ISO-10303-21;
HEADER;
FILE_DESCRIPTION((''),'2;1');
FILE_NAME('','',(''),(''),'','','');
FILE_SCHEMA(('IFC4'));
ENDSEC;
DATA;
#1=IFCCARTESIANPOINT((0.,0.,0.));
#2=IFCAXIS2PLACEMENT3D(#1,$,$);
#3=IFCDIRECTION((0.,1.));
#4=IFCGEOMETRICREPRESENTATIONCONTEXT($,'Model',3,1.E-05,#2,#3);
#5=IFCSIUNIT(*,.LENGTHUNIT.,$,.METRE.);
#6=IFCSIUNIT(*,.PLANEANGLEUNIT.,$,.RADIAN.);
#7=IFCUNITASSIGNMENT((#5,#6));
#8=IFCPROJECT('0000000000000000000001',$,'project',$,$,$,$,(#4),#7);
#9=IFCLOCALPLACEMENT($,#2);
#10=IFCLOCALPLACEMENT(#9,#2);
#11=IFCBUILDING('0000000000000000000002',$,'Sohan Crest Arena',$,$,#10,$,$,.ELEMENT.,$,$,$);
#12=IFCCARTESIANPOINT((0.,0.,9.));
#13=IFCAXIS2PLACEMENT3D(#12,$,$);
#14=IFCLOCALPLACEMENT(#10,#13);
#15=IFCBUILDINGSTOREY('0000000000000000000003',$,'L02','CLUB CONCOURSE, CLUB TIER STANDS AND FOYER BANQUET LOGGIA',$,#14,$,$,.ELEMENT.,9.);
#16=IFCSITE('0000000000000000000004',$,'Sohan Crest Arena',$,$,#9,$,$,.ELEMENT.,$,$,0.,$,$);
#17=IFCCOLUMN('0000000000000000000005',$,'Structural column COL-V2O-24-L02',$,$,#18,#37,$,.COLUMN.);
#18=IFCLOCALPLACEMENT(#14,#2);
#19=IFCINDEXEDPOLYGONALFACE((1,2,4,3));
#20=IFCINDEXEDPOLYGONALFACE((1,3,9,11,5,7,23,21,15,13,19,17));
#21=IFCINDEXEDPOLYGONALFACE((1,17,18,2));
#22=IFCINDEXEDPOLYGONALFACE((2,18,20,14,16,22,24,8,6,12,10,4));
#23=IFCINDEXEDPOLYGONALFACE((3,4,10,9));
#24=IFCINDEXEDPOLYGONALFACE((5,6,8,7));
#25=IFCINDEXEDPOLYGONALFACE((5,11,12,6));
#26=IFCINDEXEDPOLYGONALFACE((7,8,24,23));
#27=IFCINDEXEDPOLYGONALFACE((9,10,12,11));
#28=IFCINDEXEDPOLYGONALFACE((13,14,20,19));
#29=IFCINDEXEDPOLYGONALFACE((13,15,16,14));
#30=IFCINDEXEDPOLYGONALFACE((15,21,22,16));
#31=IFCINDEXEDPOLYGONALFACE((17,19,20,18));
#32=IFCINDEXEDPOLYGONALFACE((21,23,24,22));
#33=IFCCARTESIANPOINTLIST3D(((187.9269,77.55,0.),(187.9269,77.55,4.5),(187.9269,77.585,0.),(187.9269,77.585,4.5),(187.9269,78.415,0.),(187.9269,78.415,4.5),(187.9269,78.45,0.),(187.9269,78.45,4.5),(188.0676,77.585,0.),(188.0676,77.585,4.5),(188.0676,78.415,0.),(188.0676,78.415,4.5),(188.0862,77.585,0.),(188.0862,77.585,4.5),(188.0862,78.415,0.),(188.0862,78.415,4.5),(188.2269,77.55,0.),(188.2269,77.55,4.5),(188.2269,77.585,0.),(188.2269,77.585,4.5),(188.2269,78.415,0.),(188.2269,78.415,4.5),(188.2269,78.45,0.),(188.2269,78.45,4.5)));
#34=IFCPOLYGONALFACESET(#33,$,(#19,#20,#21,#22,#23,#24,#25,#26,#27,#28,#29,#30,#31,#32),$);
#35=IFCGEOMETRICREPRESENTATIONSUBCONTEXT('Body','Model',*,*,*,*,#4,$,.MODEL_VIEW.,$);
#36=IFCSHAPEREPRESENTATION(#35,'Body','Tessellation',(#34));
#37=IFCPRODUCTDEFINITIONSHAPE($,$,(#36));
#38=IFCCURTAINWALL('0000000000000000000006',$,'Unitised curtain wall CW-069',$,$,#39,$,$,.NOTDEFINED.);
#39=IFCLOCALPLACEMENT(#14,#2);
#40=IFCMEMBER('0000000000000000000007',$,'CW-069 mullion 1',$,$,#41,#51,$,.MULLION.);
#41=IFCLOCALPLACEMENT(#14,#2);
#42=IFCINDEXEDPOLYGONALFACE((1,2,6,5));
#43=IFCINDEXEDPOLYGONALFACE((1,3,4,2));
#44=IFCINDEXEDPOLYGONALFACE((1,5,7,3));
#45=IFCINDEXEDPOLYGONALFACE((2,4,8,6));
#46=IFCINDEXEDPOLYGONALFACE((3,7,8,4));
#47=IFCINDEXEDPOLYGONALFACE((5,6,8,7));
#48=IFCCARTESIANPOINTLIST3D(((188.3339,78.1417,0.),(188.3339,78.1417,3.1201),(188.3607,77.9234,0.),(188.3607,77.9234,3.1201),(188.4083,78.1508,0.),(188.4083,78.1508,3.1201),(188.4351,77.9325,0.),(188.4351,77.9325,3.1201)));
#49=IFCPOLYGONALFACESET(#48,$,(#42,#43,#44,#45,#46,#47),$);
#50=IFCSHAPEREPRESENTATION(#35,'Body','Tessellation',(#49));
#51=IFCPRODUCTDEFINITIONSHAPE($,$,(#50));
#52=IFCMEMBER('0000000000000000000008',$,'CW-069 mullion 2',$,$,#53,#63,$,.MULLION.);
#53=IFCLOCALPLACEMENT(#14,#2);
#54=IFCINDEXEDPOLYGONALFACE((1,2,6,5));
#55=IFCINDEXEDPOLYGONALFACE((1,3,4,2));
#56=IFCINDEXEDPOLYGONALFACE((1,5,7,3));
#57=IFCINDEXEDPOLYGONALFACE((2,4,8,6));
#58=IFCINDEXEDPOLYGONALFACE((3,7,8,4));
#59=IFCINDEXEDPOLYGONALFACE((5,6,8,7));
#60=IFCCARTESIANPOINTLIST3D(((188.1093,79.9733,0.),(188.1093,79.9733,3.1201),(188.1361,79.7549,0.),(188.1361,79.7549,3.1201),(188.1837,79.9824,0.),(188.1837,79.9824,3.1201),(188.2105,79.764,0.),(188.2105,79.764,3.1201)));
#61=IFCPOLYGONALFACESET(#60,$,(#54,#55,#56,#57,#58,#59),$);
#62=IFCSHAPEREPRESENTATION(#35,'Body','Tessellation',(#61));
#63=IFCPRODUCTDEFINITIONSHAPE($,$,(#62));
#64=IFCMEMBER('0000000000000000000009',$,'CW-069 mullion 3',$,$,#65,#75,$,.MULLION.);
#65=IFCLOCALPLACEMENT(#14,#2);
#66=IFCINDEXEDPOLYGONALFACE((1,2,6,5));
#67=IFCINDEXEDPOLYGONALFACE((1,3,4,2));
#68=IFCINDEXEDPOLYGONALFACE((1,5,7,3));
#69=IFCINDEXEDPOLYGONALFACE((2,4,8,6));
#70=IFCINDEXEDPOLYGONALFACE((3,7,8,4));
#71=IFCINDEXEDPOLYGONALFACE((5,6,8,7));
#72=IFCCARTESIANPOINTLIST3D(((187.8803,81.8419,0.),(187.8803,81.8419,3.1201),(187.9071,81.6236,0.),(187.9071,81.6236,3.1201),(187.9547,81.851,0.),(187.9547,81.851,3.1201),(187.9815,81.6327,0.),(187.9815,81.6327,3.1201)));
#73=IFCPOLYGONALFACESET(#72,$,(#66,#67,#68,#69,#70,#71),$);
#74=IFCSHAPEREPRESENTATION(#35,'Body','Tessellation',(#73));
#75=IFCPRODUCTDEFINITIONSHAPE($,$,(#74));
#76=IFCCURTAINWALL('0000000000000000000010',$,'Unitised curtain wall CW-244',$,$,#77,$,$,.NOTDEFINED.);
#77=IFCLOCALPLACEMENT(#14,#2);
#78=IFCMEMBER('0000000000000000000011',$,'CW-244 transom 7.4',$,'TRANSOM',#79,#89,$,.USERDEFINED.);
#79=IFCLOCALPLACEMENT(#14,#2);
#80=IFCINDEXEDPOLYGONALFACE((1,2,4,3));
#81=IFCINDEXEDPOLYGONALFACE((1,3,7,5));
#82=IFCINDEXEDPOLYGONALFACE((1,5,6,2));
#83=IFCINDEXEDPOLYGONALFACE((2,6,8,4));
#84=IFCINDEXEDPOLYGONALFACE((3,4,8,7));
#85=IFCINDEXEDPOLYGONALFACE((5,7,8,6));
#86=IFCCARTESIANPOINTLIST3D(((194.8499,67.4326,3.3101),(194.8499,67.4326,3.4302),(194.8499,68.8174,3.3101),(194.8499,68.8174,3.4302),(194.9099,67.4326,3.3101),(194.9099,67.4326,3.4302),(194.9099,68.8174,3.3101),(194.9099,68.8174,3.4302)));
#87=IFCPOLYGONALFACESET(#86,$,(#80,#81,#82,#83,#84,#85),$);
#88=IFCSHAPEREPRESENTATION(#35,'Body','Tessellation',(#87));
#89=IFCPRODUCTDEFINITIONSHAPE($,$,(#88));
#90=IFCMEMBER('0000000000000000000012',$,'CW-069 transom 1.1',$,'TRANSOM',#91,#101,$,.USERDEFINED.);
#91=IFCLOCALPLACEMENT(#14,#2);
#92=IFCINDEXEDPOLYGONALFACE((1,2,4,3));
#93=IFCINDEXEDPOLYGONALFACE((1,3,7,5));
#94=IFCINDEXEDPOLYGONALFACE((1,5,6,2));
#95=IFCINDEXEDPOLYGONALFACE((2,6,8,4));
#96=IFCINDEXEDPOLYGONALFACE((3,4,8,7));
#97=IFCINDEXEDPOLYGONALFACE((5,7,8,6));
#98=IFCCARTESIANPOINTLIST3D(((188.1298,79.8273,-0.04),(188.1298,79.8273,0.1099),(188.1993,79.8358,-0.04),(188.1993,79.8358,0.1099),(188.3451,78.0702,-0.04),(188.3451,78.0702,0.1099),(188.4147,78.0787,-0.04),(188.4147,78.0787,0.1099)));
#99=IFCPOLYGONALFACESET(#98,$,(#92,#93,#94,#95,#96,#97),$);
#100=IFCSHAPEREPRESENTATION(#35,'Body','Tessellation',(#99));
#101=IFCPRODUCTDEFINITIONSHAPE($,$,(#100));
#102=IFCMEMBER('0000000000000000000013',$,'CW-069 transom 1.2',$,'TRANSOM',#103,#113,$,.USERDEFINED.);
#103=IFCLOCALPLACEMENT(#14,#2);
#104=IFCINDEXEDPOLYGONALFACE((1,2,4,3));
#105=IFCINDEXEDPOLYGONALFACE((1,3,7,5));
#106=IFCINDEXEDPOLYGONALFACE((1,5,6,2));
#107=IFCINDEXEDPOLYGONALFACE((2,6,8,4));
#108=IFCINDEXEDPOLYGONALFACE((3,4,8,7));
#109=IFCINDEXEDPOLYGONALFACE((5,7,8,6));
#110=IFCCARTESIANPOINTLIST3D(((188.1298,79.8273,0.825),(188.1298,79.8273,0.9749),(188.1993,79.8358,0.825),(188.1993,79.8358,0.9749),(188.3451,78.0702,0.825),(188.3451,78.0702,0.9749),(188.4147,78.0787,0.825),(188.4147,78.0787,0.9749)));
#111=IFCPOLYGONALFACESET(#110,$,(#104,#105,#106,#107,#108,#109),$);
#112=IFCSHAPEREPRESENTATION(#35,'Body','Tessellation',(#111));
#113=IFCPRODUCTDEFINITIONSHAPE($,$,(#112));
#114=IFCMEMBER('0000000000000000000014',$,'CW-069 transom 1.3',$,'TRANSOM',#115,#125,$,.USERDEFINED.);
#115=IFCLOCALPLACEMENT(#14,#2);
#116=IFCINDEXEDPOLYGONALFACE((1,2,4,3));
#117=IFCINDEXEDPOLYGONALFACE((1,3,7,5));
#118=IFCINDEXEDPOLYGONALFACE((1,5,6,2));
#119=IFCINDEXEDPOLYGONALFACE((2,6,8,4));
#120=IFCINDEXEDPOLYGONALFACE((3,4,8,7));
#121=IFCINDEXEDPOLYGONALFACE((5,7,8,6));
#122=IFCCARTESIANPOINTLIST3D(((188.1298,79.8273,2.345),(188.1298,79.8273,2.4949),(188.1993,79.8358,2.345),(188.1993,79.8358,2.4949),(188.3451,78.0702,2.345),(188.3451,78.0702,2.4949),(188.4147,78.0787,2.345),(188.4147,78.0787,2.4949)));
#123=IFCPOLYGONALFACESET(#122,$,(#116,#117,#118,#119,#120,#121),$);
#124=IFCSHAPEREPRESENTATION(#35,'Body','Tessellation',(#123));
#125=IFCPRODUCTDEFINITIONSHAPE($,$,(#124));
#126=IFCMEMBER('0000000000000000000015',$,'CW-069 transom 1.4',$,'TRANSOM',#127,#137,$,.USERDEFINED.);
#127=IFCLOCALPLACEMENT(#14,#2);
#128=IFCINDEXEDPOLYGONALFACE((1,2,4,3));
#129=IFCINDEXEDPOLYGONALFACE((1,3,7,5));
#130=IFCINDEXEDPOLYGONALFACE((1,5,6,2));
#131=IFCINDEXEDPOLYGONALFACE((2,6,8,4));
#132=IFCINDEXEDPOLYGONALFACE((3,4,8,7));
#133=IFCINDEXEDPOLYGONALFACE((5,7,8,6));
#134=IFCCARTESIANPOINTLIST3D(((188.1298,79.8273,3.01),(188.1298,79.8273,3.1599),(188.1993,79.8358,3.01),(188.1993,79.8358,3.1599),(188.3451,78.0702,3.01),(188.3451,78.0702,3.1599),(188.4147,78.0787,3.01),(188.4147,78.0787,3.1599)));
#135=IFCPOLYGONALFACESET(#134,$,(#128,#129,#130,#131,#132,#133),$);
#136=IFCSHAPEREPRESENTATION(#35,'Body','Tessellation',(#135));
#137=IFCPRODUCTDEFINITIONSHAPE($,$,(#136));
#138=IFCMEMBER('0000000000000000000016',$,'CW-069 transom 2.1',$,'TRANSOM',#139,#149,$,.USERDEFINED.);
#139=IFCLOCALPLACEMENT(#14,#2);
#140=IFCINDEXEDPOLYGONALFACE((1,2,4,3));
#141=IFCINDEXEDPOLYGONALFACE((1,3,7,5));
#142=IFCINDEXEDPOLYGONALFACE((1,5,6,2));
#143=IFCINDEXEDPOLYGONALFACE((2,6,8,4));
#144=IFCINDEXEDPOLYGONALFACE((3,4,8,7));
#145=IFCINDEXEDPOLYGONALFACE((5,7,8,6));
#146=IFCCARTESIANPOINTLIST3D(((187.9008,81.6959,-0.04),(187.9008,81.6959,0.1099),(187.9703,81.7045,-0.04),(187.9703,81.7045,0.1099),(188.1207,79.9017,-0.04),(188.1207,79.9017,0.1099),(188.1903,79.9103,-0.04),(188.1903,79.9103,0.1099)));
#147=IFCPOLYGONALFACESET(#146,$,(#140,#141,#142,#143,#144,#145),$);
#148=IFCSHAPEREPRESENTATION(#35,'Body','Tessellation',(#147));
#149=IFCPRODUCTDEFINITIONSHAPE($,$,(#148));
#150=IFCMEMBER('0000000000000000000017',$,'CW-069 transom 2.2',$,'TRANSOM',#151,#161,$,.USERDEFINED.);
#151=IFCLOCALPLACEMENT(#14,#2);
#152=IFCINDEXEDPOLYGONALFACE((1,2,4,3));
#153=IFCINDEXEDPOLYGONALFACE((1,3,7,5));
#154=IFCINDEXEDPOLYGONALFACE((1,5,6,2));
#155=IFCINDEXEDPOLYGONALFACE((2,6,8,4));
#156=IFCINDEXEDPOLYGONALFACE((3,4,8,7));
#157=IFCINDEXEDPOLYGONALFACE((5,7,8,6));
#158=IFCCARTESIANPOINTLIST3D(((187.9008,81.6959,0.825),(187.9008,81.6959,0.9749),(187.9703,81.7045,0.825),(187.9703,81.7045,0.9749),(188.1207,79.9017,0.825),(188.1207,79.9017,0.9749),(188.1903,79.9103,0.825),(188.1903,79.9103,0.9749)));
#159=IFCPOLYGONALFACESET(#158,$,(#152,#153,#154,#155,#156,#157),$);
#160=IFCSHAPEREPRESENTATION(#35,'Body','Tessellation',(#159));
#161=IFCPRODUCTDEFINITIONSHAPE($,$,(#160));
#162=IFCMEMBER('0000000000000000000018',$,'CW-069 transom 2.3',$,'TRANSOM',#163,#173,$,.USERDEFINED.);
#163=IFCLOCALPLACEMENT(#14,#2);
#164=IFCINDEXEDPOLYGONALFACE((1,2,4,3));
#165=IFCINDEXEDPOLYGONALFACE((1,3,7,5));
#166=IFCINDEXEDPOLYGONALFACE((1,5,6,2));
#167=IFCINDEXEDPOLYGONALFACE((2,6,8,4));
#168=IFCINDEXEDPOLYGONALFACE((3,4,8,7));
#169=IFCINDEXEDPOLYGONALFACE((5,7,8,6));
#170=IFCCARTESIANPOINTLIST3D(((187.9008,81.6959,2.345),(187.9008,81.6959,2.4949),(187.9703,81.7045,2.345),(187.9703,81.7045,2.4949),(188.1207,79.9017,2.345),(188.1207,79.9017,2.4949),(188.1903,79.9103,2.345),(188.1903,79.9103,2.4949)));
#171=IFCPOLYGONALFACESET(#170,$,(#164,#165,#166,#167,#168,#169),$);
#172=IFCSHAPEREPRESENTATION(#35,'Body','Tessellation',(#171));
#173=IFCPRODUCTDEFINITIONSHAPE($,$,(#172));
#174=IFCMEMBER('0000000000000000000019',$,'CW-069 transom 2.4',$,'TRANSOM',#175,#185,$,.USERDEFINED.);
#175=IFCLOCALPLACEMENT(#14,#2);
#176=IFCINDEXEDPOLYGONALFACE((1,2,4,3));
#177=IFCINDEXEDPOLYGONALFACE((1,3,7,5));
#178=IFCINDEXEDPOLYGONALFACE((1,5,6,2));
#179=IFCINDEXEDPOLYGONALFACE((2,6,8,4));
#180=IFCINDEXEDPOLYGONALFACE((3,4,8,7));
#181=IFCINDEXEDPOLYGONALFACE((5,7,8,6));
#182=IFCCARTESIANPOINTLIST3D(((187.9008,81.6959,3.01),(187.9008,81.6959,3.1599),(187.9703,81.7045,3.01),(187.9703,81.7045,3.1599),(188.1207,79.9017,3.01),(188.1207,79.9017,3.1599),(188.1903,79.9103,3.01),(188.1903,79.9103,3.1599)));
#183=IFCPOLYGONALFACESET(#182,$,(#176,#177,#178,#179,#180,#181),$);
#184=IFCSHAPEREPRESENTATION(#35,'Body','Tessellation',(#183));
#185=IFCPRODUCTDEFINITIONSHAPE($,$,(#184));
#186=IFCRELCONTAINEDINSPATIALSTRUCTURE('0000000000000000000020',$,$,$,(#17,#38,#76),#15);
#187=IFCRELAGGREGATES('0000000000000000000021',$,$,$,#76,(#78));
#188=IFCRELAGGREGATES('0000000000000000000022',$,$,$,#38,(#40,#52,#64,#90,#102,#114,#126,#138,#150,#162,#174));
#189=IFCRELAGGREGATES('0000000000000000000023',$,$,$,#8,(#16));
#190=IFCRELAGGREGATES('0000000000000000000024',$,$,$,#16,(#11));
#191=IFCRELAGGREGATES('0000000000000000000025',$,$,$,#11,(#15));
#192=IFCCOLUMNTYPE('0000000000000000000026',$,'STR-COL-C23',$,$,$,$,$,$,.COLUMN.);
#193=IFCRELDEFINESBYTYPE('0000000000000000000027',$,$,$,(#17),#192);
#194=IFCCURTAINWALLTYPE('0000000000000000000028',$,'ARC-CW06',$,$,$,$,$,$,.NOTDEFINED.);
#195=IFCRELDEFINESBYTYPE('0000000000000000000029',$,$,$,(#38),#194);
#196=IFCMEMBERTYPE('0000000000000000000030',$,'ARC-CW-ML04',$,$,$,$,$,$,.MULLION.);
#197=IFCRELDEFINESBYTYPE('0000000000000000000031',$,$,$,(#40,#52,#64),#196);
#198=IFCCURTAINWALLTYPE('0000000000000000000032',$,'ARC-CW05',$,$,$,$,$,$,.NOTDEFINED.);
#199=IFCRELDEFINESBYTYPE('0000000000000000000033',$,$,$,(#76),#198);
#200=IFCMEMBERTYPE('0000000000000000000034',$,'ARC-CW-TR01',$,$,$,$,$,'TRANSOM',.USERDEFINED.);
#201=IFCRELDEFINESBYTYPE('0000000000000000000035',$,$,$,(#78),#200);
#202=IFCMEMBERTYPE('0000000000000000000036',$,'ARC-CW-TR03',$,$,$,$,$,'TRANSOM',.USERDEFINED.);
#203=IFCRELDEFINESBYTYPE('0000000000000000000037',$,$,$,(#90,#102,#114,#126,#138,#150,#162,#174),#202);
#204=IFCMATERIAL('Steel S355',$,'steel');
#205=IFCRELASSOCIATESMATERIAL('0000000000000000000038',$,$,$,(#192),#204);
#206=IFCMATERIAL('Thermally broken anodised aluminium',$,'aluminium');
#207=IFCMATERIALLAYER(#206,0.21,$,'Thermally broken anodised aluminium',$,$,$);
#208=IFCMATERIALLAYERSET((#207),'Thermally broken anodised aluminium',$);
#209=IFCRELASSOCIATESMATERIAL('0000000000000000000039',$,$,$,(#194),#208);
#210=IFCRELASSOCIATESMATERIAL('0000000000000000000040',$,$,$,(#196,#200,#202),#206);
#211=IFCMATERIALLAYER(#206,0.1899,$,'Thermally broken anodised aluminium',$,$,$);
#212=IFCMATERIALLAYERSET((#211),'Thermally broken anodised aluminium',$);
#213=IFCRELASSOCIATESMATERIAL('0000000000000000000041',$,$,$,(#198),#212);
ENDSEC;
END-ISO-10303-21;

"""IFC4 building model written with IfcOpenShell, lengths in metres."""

from ifc_helpers import new_model, si_unit, direction, frame, origin, origin_2d, place, context, subcontext, project, spatial, rectangle, i_section, extrude, material, layer, layer_set, material_profile, profile_set, type_object, element, aggregate, save


model = new_model("IFC4")

# Units and contexts
model_context = context("Model", 3, precision=1e-05, world=origin(), true_north=direction((0.0, 1.0)))
body_context = subcontext(model_context, "Body", "Model", "MODEL_VIEW")
ifc_project = project(units=[si_unit("LENGTHUNIT", "METRE"), si_unit("PLANEANGLEUNIT", "RADIAN")], contexts=[model_context])

# Site, building, storey
site_placement = place(None, origin())
site = spatial("IfcSite", under=ifc_project, at=site_placement, Name="Sohan Crest Arena", CompositionType="ELEMENT", RefElevation=0.0)
building_placement = place(site_placement, origin())
building = spatial("IfcBuilding", under=site, at=building_placement, Name="Sohan Crest Arena", CompositionType="ELEMENT")
storey_placement = place(building_placement, frame((0.0, 0.0, 9.0)))
storey = spatial("IfcBuildingStorey", under=building, at=storey_placement, Name="L02", Description="CLUB CONCOURSE, CLUB TIER STANDS AND FOYER BANQUET LOGGIA", CompositionType="ELEMENT", Elevation=9.0)

# Column
ifc_material_1 = material(Name="Steel S355", Category="steel")
ifc_material_profile_1 = material_profile(ifc_material_1, i_section(OverallWidth=0.3, OverallDepth=0.8999, WebThickness=0.0186, FlangeThickness=0.0349, at=origin_2d()), Name="HEB 900")
ifc_profile_set_1 = profile_set([ifc_material_profile_1], Name="Steel S355")
column_type = type_object("IfcColumnType", Name="STR-COL-C23", PredefinedType="COLUMN", material=ifc_profile_set_1)
column_placement = place(storey_placement, frame((188.0769, 78.0, 0.0), z_axis=(0.0, 0.0, 1.0), x_axis=(1.0, 0.0, 0.0)))
element("IfcColumn", 1, at=column_placement, inside=storey, type_object=column_type, Name="Structural column COL-V2O-24-L02", PredefinedType="COLUMN", context=body_context, shape_type="SweptSolid", body=[
    extrude(i_section(OverallWidth=0.3, OverallDepth=0.8999, WebThickness=0.0186, FlangeThickness=0.0349, at=origin_2d()), origin(), (0.0, 0.0, 1.0), 4.5),
])

# Curtain wall, members
ifc_material_2 = material(Name="Thermally broken anodised aluminium", Category="aluminium")
ifc_layer_1 = layer(ifc_material_2, 0.21, Name="Thermally broken anodised aluminium")
ifc_layer_set_1 = layer_set([ifc_layer_1], Name="Thermally broken anodised aluminium")
curtain_wall_type_1 = type_object("IfcCurtainWallType", Name="ARC-CW06", PredefinedType="NOTDEFINED", material=ifc_layer_set_1)
curtain_wall_1_placement = place(storey_placement, origin())
curtain_wall_1 = element("IfcCurtainWall", 2, at=curtain_wall_1_placement, inside=storey, type_object=curtain_wall_type_1, Name="Unitised curtain wall CW-069", PredefinedType="NOTDEFINED")
ifc_material_profile_2 = material_profile(ifc_material_2, rectangle(XDim=0.075, YDim=0.22, at=origin_2d()), Name="ALU-MULL 75x220")
ifc_profile_set_2 = profile_set([ifc_material_profile_2], Name="Thermally broken anodised aluminium")
member_type_1 = type_object("IfcMemberType", Name="ARC-CW-ML04", PredefinedType="MULLION", material=ifc_profile_set_2)
member_1_placement = place(storey_placement, frame((188.3845, 78.0371, 0.0), z_axis=(0.0, 0.0, 1.0), x_axis=(-0.992575, -0.121637, 0.0)))
member_1 = element("IfcMember", 3, at=member_1_placement, type_object=member_type_1, Name="CW-069 mullion 1", PredefinedType="MULLION", context=body_context, shape_type="SweptSolid", body=[
    extrude(rectangle(XDim=0.075, YDim=0.22, at=origin_2d()), origin(), (0.0, 0.0, 1.0), 3.1201),
])
member_2_placement = place(storey_placement, frame((188.1599, 79.8687, 0.0), z_axis=(0.0, 0.0, 1.0), x_axis=(-0.992575, -0.121637, 0.0)))
member_2 = element("IfcMember", 4, at=member_2_placement, type_object=member_type_1, Name="CW-069 mullion 2", PredefinedType="MULLION", context=body_context, shape_type="SweptSolid", body=[
    extrude(rectangle(XDim=0.075, YDim=0.22, at=origin_2d()), origin(), (0.0, 0.0, 1.0), 3.1201),
])
member_3_placement = place(storey_placement, frame((187.9309, 81.7373, 0.0), z_axis=(0.0, 0.0, 1.0), x_axis=(-0.992575, -0.121637, 0.0)))
member_3 = element("IfcMember", 5, at=member_3_placement, type_object=member_type_1, Name="CW-069 mullion 3", PredefinedType="MULLION", context=body_context, shape_type="SweptSolid", body=[
    extrude(rectangle(XDim=0.075, YDim=0.22, at=origin_2d()), origin(), (0.0, 0.0, 1.0), 3.1201),
])

# Curtain wall, member
ifc_layer_2 = layer(ifc_material_2, 0.1899, Name="Thermally broken anodised aluminium")
ifc_layer_set_2 = layer_set([ifc_layer_2], Name="Thermally broken anodised aluminium")
curtain_wall_type_2 = type_object("IfcCurtainWallType", Name="ARC-CW05", PredefinedType="NOTDEFINED", material=ifc_layer_set_2)
curtain_wall_2_placement = place(storey_placement, origin())
curtain_wall_2 = element("IfcCurtainWall", 6, at=curtain_wall_2_placement, inside=storey, type_object=curtain_wall_type_2, Name="Unitised curtain wall CW-244", PredefinedType="NOTDEFINED")
ifc_material_profile_3 = material_profile(ifc_material_2, rectangle(XDim=0.0601, YDim=0.1201, at=origin_2d()), Name="ALU-TRAN 60x120")
ifc_profile_set_3 = profile_set([ifc_material_profile_3], Name="Thermally broken anodised aluminium")
member_type_2 = type_object("IfcMemberType", Name="ARC-CW-TR01", ElementType="TRANSOM", PredefinedType="USERDEFINED", material=ifc_profile_set_3)
member_4_placement = place(storey_placement, frame((194.8799, 67.4326, 3.3701), z_axis=(0.0, 1.0, 0.0), x_axis=(-1.0, 0.0, 0.0)))
member_4 = element("IfcMember", 7, at=member_4_placement, type_object=member_type_2, Name="CW-244 transom 7.4", ObjectType="TRANSOM", PredefinedType="USERDEFINED", context=body_context, shape_type="SweptSolid", body=[
    extrude(rectangle(XDim=0.0601, YDim=0.1201, at=origin_2d()), origin(), (0.0, 0.0, 1.0), 1.3848),
])

# Members
ifc_material_profile_4 = material_profile(ifc_material_2, rectangle(XDim=0.0701, YDim=0.1499, at=origin_2d()), Name="ALU-TRAN 70x150")
ifc_profile_set_4 = profile_set([ifc_material_profile_4], Name="Thermally broken anodised aluminium")
member_type_3 = type_object("IfcMemberType", Name="ARC-CW-TR03", ElementType="TRANSOM", PredefinedType="USERDEFINED", material=ifc_profile_set_4)
member_5_placement = place(storey_placement, frame((188.3799, 78.0745, 0.0349), z_axis=(-0.121641, 0.992574, 0.0), x_axis=(-0.992574, -0.121641, 0.0)))
member_5 = element("IfcMember", 8, at=member_5_placement, type_object=member_type_3, Name="CW-069 transom 1.1", ObjectType="TRANSOM", PredefinedType="USERDEFINED", context=body_context, shape_type="SweptSolid", body=[
    extrude(rectangle(XDim=0.0701, YDim=0.1499, at=origin_2d()), origin(), (0.0, 0.0, 1.0), 1.7703),
])
member_6_placement = place(storey_placement, frame((188.3799, 78.0745, 0.8999), z_axis=(-0.121641, 0.992574, 0.0), x_axis=(-0.992574, -0.121641, 0.0)))
member_6 = element("IfcMember", 9, at=member_6_placement, type_object=member_type_3, Name="CW-069 transom 1.2", ObjectType="TRANSOM", PredefinedType="USERDEFINED", context=body_context, shape_type="SweptSolid", body=[
    extrude(rectangle(XDim=0.0701, YDim=0.1499, at=origin_2d()), origin(), (0.0, 0.0, 1.0), 1.7703),
])
member_7_placement = place(storey_placement, frame((188.3799, 78.0745, 2.4199), z_axis=(-0.121641, 0.992574, 0.0), x_axis=(-0.992574, -0.121641, 0.0)))
member_7 = element("IfcMember", 10, at=member_7_placement, type_object=member_type_3, Name="CW-069 transom 1.3", ObjectType="TRANSOM", PredefinedType="USERDEFINED", context=body_context, shape_type="SweptSolid", body=[
    extrude(rectangle(XDim=0.0701, YDim=0.1499, at=origin_2d()), origin(), (0.0, 0.0, 1.0), 1.7703),
])
member_8_placement = place(storey_placement, frame((188.3799, 78.0745, 3.085), z_axis=(-0.121641, 0.992574, 0.0), x_axis=(-0.992574, -0.121641, 0.0)))
member_8 = element("IfcMember", 11, at=member_8_placement, type_object=member_type_3, Name="CW-069 transom 1.4", ObjectType="TRANSOM", PredefinedType="USERDEFINED", context=body_context, shape_type="SweptSolid", body=[
    extrude(rectangle(XDim=0.0701, YDim=0.1499, at=origin_2d()), origin(), (0.0, 0.0, 1.0), 1.7703),
])
member_9_placement = place(storey_placement, frame((188.1555, 79.906, 0.0349), z_axis=(-0.121691, 0.992568, 0.0), x_axis=(-0.992568, -0.121691, 0.0)))
member_9 = element("IfcMember", 12, at=member_9_placement, type_object=member_type_3, Name="CW-069 transom 2.1", ObjectType="TRANSOM", PredefinedType="USERDEFINED", context=body_context, shape_type="SweptSolid", body=[
    extrude(rectangle(XDim=0.0701, YDim=0.1499, at=origin_2d()), origin(), (0.0, 0.0, 1.0), 1.8076),
])
member_10_placement = place(storey_placement, frame((188.1555, 79.906, 0.8999), z_axis=(-0.121691, 0.992568, 0.0), x_axis=(-0.992568, -0.121691, 0.0)))
member_10 = element("IfcMember", 13, at=member_10_placement, type_object=member_type_3, Name="CW-069 transom 2.2", ObjectType="TRANSOM", PredefinedType="USERDEFINED", context=body_context, shape_type="SweptSolid", body=[
    extrude(rectangle(XDim=0.0701, YDim=0.1499, at=origin_2d()), origin(), (0.0, 0.0, 1.0), 1.8076),
])
member_11_placement = place(storey_placement, frame((188.1555, 79.906, 2.4199), z_axis=(-0.121691, 0.992568, 0.0), x_axis=(-0.992568, -0.121691, 0.0)))
member_11 = element("IfcMember", 14, at=member_11_placement, type_object=member_type_3, Name="CW-069 transom 2.3", ObjectType="TRANSOM", PredefinedType="USERDEFINED", context=body_context, shape_type="SweptSolid", body=[
    extrude(rectangle(XDim=0.0701, YDim=0.1499, at=origin_2d()), origin(), (0.0, 0.0, 1.0), 1.8076),
])
member_12_placement = place(storey_placement, frame((188.1555, 79.906, 3.085), z_axis=(-0.121691, 0.992568, 0.0), x_axis=(-0.992568, -0.121691, 0.0)))
member_12 = element("IfcMember", 15, at=member_12_placement, type_object=member_type_3, Name="CW-069 transom 2.4", ObjectType="TRANSOM", PredefinedType="USERDEFINED", context=body_context, shape_type="SweptSolid", body=[
    extrude(rectangle(XDim=0.0701, YDim=0.1499, at=origin_2d()), origin(), (0.0, 0.0, 1.0), 1.8076),
])

aggregate(curtain_wall_2, [member_4])
aggregate(curtain_wall_1, [member_1, member_2, member_3, member_5, member_6, member_7, member_8, member_9, member_10, member_11, member_12])

save(model, "model.ifc")
